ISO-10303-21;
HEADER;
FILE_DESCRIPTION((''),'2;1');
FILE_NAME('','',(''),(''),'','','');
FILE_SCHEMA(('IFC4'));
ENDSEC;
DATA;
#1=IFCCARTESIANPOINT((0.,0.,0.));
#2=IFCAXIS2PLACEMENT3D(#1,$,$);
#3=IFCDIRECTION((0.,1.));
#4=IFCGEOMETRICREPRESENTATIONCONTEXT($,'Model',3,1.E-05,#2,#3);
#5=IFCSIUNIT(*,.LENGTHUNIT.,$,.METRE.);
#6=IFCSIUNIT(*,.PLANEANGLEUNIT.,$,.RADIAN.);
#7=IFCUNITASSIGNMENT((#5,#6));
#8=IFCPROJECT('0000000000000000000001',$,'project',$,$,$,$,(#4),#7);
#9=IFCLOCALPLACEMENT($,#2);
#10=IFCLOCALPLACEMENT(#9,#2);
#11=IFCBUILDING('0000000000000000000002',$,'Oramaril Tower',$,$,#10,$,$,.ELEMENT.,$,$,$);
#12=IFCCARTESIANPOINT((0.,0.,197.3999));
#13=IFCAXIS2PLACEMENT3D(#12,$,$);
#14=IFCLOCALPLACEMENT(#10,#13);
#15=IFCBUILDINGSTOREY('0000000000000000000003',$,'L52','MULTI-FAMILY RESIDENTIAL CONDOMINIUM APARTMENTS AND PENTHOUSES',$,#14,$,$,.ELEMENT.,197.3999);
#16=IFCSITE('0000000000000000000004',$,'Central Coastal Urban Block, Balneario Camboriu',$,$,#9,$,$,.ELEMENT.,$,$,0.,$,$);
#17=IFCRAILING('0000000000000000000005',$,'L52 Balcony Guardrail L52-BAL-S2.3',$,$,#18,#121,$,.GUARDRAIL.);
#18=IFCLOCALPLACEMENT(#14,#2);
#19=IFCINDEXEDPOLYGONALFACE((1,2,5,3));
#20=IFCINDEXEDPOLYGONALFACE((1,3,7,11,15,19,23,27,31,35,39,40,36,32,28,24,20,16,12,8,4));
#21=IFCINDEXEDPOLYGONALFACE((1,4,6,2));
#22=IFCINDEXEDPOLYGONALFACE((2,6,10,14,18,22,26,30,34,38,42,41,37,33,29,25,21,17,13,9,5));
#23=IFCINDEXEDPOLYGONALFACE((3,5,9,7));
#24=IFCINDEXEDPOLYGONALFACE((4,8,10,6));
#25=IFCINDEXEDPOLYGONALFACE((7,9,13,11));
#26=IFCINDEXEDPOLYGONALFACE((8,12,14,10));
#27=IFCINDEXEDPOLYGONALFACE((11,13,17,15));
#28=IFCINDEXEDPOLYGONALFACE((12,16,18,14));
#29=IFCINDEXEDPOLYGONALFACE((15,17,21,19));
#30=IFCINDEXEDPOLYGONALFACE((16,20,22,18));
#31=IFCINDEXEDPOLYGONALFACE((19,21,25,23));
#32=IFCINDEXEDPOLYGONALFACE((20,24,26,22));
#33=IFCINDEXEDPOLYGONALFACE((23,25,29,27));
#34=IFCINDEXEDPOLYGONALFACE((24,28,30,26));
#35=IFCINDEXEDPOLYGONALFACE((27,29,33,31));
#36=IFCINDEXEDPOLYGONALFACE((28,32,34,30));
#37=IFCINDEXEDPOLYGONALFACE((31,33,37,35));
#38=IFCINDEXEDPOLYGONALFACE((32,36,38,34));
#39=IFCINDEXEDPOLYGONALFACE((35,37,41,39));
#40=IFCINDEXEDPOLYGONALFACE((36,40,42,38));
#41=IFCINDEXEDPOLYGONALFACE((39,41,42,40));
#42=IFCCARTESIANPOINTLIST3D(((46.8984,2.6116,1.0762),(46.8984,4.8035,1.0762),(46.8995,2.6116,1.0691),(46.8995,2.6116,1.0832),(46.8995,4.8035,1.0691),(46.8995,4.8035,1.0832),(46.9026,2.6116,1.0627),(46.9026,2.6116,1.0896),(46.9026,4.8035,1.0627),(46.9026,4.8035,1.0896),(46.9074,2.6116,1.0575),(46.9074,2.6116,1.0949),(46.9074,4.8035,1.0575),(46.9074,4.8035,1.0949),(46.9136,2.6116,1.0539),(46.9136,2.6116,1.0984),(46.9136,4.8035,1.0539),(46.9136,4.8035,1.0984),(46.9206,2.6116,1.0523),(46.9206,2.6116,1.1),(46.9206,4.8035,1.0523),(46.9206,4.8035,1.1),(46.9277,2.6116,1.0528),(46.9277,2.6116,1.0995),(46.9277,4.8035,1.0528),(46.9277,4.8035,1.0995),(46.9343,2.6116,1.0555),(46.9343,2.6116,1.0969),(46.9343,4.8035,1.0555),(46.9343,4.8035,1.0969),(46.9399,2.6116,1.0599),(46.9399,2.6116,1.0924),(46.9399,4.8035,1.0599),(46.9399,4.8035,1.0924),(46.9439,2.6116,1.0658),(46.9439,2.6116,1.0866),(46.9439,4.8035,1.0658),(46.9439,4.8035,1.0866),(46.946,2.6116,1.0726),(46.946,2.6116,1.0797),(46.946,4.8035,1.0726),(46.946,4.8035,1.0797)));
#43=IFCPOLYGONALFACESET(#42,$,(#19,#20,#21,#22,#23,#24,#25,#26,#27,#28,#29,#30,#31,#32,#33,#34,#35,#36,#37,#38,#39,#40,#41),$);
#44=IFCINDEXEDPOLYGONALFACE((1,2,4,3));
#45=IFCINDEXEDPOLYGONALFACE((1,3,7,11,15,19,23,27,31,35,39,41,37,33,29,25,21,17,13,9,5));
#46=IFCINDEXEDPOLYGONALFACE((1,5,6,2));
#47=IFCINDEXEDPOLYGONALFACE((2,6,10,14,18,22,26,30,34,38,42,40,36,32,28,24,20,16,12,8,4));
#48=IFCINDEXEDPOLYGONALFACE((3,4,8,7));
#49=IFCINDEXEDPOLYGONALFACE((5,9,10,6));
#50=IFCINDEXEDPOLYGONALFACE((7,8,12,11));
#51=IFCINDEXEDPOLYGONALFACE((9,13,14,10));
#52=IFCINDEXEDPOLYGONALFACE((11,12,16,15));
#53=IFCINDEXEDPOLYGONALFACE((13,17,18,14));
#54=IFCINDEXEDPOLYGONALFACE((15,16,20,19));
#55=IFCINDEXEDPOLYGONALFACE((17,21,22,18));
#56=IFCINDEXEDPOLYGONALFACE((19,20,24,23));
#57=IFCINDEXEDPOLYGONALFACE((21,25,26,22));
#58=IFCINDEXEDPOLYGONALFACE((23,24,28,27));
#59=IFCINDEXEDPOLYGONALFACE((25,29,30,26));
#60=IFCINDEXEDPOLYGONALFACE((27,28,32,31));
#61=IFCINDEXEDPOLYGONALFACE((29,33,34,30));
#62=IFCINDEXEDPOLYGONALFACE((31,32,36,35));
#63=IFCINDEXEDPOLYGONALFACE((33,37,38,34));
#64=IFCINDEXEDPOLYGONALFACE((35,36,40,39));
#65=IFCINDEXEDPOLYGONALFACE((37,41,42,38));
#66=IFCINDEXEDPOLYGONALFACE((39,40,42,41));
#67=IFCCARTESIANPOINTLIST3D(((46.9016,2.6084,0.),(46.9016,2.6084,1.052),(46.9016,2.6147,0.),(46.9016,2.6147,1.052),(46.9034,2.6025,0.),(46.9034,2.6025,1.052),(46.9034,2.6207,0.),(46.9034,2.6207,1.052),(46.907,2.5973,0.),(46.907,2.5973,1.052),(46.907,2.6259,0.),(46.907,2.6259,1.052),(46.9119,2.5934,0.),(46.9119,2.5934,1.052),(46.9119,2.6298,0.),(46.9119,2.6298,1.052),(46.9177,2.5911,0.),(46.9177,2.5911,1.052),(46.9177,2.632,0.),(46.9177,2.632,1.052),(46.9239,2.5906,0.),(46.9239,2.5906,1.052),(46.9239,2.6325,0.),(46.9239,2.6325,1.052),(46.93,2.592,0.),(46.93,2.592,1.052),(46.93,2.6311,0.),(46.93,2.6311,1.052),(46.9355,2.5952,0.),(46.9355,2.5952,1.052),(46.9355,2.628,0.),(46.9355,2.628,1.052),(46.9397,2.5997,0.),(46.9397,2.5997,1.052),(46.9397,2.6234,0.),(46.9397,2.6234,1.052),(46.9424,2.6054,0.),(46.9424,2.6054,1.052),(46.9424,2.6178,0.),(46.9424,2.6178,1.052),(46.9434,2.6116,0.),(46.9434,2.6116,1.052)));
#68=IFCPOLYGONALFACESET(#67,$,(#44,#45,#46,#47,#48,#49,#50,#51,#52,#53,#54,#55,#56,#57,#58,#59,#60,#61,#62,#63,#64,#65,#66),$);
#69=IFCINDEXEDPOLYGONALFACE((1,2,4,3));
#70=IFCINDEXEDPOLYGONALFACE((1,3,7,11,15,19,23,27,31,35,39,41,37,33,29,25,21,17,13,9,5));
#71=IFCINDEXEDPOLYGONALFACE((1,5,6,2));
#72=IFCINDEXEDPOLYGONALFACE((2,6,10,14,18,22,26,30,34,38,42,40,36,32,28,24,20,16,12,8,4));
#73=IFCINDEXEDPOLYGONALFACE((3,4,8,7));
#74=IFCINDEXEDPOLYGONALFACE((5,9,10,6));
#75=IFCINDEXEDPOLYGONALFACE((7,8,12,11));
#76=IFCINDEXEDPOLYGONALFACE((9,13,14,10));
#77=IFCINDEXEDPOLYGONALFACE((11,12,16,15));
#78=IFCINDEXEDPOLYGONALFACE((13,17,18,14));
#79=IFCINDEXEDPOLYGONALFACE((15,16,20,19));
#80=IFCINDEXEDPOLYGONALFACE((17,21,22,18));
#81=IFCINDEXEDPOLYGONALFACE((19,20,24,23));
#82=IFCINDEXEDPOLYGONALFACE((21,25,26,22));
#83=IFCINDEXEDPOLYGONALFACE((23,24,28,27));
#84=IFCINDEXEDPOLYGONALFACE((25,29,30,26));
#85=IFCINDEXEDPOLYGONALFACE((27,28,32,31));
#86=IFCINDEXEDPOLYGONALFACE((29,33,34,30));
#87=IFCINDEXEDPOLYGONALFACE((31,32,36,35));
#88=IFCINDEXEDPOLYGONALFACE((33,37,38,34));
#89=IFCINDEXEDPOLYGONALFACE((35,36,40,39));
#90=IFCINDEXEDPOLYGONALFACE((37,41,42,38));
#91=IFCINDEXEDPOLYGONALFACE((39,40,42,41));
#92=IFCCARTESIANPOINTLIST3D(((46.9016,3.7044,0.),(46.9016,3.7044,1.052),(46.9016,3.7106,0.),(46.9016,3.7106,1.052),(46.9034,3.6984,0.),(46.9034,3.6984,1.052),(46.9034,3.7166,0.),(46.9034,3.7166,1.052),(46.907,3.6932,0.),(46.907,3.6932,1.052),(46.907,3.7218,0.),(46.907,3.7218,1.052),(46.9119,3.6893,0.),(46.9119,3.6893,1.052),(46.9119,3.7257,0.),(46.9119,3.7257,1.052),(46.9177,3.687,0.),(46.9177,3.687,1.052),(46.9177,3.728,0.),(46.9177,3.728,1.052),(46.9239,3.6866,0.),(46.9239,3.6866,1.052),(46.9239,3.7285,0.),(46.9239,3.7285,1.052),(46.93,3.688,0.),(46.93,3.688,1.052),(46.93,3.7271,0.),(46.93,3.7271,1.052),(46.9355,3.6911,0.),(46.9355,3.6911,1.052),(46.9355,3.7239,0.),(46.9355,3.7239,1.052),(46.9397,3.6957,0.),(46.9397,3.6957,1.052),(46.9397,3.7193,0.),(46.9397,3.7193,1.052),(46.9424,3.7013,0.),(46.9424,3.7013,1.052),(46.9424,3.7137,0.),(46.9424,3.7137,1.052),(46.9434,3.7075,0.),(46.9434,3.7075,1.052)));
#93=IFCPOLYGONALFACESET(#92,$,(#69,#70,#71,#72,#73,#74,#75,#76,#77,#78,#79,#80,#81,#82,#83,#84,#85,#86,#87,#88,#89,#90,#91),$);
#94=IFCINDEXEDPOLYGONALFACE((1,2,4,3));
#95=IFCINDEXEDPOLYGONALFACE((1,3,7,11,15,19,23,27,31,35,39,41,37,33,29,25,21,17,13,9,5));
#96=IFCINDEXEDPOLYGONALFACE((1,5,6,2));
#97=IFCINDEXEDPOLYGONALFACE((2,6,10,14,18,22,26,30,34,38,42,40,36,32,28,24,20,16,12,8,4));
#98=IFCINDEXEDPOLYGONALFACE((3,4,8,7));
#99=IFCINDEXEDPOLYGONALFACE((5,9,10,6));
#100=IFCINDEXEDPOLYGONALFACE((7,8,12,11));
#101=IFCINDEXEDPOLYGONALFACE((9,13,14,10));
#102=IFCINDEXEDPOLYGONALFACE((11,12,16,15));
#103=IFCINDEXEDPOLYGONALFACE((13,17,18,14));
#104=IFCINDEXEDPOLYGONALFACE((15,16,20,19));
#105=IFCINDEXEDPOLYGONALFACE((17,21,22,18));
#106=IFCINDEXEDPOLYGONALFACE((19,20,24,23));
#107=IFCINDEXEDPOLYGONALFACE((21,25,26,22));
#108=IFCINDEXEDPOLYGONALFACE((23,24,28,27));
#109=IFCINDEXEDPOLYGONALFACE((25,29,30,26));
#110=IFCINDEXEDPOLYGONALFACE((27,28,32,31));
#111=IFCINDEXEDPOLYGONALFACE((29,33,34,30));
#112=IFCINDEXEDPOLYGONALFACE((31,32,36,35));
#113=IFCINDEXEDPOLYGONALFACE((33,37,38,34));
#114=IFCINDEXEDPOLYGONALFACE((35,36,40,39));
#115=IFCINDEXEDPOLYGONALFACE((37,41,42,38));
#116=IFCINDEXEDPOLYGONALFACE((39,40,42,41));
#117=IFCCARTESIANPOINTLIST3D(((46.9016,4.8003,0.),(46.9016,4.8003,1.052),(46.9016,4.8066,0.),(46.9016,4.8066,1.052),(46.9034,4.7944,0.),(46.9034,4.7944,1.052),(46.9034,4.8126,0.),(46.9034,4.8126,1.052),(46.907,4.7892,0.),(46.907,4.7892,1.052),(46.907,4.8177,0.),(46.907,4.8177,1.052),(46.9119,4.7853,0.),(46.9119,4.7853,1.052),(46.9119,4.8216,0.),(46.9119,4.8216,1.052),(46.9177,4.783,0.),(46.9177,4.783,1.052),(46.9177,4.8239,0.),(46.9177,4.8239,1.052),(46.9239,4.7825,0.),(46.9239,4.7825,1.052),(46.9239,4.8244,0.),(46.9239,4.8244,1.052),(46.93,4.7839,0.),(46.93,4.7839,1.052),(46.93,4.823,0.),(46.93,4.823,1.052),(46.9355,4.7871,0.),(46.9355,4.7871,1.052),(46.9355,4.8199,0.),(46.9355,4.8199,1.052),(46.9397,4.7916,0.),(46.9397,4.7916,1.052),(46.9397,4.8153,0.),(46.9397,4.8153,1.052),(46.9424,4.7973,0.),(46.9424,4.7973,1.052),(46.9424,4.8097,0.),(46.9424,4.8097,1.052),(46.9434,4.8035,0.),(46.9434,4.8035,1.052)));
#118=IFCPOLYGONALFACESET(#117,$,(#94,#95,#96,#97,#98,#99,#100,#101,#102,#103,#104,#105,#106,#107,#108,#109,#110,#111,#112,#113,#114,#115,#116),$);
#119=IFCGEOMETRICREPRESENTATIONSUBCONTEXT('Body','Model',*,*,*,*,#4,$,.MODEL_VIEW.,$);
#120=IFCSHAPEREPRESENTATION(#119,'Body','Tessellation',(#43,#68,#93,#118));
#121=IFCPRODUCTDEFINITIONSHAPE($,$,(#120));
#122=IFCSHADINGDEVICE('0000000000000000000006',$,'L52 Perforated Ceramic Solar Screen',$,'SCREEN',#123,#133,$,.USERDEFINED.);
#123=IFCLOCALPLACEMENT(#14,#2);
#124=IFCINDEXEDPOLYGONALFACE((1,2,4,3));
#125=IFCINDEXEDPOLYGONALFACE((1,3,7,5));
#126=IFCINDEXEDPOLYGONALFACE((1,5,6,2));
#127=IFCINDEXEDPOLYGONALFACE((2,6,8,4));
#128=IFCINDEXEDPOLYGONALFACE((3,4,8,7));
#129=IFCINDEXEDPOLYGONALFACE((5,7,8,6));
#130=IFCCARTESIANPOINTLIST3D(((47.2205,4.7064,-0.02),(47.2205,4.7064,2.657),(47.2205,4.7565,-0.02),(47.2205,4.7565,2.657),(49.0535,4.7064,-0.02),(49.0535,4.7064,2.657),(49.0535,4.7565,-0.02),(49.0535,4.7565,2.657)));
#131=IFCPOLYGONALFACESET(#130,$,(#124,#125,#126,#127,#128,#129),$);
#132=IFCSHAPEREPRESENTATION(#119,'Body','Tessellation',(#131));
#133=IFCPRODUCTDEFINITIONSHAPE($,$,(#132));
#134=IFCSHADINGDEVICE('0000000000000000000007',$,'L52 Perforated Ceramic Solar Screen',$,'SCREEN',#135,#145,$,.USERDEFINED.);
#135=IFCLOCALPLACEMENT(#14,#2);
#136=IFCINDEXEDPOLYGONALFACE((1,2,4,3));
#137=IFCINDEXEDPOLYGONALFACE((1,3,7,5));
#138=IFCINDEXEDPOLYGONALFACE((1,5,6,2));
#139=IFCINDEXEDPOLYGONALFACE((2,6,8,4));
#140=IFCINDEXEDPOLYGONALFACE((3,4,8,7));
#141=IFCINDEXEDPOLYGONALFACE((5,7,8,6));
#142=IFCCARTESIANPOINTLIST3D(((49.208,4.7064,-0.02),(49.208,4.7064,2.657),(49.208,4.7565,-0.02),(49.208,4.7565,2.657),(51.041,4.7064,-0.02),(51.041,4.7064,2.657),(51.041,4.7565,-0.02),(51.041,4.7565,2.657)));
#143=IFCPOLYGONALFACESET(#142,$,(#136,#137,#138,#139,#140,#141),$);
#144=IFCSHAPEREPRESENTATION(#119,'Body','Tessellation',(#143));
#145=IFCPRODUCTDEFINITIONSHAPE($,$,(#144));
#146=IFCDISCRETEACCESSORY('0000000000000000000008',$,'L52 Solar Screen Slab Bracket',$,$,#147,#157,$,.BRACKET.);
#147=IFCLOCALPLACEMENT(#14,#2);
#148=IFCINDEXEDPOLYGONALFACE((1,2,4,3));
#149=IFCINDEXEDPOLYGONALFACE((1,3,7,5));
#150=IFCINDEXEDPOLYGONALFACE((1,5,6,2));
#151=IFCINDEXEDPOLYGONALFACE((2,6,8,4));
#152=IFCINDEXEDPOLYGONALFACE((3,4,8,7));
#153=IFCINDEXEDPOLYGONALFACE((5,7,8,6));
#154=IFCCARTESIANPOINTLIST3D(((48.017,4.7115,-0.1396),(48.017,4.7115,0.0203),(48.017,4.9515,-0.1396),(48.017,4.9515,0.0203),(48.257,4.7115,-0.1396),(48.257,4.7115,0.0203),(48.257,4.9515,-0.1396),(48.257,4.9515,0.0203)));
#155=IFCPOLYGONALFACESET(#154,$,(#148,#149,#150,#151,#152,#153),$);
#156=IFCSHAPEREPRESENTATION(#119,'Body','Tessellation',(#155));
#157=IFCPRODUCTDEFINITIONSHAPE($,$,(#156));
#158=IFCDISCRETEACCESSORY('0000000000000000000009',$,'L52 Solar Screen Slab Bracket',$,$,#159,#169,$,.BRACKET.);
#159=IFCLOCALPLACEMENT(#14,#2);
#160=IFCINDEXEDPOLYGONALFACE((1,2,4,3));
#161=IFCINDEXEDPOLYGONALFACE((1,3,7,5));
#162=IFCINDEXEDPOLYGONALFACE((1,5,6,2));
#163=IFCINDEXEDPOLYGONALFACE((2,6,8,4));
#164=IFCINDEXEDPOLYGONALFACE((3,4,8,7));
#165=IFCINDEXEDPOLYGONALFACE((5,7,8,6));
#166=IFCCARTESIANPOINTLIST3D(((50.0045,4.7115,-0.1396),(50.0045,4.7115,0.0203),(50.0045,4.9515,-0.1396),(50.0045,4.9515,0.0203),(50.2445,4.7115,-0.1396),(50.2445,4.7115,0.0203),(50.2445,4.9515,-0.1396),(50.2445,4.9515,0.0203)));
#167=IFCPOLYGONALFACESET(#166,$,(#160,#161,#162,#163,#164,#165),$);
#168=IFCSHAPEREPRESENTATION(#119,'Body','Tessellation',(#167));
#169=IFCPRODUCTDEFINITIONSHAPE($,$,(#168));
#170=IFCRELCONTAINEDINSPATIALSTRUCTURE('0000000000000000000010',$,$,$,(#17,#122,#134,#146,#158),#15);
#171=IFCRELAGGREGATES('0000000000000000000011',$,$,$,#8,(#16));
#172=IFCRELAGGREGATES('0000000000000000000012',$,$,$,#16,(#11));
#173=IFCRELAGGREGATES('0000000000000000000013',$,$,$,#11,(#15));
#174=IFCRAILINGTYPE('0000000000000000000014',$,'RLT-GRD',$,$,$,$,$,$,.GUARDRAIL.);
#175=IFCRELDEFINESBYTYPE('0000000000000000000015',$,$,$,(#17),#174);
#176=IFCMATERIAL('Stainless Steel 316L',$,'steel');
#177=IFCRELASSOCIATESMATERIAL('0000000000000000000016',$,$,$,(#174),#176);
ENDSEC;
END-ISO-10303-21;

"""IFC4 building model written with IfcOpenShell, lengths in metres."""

from ifc_helpers import new_model, si_unit, direction, frame, origin, origin_2d, place, context, subcontext, project, spatial, rectangle, circle, extrude, material, type_object, element, save


model = new_model("IFC4")

# Units and contexts
model_context = context("Model", 3, precision=1e-05, world=origin(), true_north=direction((0.0, 1.0)))
body_context = subcontext(model_context, "Body", "Model", "MODEL_VIEW")
ifc_project = project(units=[si_unit("LENGTHUNIT", "METRE"), si_unit("PLANEANGLEUNIT", "RADIAN")], contexts=[model_context])

# Site, building, storey
site_placement = place(None, origin())
site = spatial("IfcSite", under=ifc_project, at=site_placement, Name="Central Coastal Urban Block, Balneario Camboriu", CompositionType="ELEMENT", RefElevation=0.0)
building_placement = place(site_placement, origin())
building = spatial("IfcBuilding", under=site, at=building_placement, Name="Oramaril Tower", CompositionType="ELEMENT")
storey_placement = place(building_placement, frame((0.0, 0.0, 197.3999)))
storey = spatial("IfcBuildingStorey", under=building, at=storey_placement, Name="L52", Description="MULTI-FAMILY RESIDENTIAL CONDOMINIUM APARTMENTS AND PENTHOUSES", CompositionType="ELEMENT", Elevation=197.3999)

# Railing
ifc_material_1 = material(Name="Stainless Steel 316L", Category="steel")
railing_type = type_object("IfcRailingType", Name="RLT-GRD", PredefinedType="GUARDRAIL", material=ifc_material_1)
railing_1_placement = place(storey_placement, frame((46.9224, 2.6116, 0.0)))
element("IfcRailing", 1, at=railing_1_placement, inside=storey, type_object=railing_type, Name="L52 Balcony Guardrail L52-BAL-S2.3", PredefinedType="GUARDRAIL", context=body_context, shape_type="SweptSolid", body=[
    extrude(circle(Radius=0.0239, at=origin_2d()), frame((0.0, 0.0, 1.0762), z_axis=(0.0, 1.0, 0.0), x_axis=(-1.0, 0.0, 0.0)), (0.0, 0.0, 1.0), 2.1919),
    extrude(circle(Radius=0.021, at=origin_2d()), origin(), (0.0, 0.0, 1.0), 1.052),
    extrude(circle(Radius=0.021, at=origin_2d()), frame((0.0, 1.0959, 0.0)), (0.0, 0.0, 1.0), 1.052),
    extrude(circle(Radius=0.021, at=origin_2d()), frame((0.0, 2.1919, 0.0)), (0.0, 0.0, 1.0), 1.052),
])

# Shading devices
for number, where, z_axis, x_axis, name in (
    (2, (48.137, 4.7314, -0.02), (0.0, 0.0, 1.0), (1.0, 0.0, 0.0), "L52 Perforated Ceramic Solar Screen"),
    (3, (50.1245, 4.7314, -0.02), (0.0, 0.0, 1.0), (1.0, 0.0, 0.0), "L52 Perforated Ceramic Solar Screen"),
):
    element("IfcShadingDevice", number, at=place(storey_placement, frame(where, z_axis=z_axis, x_axis=x_axis)), inside=storey, Name=name, ObjectType="SCREEN", PredefinedType="USERDEFINED", context=body_context, shape_type="SweptSolid", body=[
        extrude(rectangle(XDim=1.833, YDim=0.05, at=origin_2d()), origin(), (0.0, 0.0, 1.0), 2.677),
    ])

# Discrete accessories
for number, where, z_axis, x_axis, name in (
    (4, (48.137, 4.8315, -0.1396), (0.0, 0.0, 1.0), (1.0, 0.0, 0.0), "L52 Solar Screen Slab Bracket"),
    (5, (50.1245, 4.8315, -0.1396), (0.0, 0.0, 1.0), (1.0, 0.0, 0.0), "L52 Solar Screen Slab Bracket"),
):
    element("IfcDiscreteAccessory", number, at=place(storey_placement, frame(where, z_axis=z_axis, x_axis=x_axis)), inside=storey, Name=name, PredefinedType="BRACKET", context=body_context, shape_type="SweptSolid", body=[
        extrude(rectangle(XDim=0.24, YDim=0.24, at=origin_2d()), origin(), (0.0, 0.0, 1.0), 0.1599),
    ])

save(model, "model.ifc")
